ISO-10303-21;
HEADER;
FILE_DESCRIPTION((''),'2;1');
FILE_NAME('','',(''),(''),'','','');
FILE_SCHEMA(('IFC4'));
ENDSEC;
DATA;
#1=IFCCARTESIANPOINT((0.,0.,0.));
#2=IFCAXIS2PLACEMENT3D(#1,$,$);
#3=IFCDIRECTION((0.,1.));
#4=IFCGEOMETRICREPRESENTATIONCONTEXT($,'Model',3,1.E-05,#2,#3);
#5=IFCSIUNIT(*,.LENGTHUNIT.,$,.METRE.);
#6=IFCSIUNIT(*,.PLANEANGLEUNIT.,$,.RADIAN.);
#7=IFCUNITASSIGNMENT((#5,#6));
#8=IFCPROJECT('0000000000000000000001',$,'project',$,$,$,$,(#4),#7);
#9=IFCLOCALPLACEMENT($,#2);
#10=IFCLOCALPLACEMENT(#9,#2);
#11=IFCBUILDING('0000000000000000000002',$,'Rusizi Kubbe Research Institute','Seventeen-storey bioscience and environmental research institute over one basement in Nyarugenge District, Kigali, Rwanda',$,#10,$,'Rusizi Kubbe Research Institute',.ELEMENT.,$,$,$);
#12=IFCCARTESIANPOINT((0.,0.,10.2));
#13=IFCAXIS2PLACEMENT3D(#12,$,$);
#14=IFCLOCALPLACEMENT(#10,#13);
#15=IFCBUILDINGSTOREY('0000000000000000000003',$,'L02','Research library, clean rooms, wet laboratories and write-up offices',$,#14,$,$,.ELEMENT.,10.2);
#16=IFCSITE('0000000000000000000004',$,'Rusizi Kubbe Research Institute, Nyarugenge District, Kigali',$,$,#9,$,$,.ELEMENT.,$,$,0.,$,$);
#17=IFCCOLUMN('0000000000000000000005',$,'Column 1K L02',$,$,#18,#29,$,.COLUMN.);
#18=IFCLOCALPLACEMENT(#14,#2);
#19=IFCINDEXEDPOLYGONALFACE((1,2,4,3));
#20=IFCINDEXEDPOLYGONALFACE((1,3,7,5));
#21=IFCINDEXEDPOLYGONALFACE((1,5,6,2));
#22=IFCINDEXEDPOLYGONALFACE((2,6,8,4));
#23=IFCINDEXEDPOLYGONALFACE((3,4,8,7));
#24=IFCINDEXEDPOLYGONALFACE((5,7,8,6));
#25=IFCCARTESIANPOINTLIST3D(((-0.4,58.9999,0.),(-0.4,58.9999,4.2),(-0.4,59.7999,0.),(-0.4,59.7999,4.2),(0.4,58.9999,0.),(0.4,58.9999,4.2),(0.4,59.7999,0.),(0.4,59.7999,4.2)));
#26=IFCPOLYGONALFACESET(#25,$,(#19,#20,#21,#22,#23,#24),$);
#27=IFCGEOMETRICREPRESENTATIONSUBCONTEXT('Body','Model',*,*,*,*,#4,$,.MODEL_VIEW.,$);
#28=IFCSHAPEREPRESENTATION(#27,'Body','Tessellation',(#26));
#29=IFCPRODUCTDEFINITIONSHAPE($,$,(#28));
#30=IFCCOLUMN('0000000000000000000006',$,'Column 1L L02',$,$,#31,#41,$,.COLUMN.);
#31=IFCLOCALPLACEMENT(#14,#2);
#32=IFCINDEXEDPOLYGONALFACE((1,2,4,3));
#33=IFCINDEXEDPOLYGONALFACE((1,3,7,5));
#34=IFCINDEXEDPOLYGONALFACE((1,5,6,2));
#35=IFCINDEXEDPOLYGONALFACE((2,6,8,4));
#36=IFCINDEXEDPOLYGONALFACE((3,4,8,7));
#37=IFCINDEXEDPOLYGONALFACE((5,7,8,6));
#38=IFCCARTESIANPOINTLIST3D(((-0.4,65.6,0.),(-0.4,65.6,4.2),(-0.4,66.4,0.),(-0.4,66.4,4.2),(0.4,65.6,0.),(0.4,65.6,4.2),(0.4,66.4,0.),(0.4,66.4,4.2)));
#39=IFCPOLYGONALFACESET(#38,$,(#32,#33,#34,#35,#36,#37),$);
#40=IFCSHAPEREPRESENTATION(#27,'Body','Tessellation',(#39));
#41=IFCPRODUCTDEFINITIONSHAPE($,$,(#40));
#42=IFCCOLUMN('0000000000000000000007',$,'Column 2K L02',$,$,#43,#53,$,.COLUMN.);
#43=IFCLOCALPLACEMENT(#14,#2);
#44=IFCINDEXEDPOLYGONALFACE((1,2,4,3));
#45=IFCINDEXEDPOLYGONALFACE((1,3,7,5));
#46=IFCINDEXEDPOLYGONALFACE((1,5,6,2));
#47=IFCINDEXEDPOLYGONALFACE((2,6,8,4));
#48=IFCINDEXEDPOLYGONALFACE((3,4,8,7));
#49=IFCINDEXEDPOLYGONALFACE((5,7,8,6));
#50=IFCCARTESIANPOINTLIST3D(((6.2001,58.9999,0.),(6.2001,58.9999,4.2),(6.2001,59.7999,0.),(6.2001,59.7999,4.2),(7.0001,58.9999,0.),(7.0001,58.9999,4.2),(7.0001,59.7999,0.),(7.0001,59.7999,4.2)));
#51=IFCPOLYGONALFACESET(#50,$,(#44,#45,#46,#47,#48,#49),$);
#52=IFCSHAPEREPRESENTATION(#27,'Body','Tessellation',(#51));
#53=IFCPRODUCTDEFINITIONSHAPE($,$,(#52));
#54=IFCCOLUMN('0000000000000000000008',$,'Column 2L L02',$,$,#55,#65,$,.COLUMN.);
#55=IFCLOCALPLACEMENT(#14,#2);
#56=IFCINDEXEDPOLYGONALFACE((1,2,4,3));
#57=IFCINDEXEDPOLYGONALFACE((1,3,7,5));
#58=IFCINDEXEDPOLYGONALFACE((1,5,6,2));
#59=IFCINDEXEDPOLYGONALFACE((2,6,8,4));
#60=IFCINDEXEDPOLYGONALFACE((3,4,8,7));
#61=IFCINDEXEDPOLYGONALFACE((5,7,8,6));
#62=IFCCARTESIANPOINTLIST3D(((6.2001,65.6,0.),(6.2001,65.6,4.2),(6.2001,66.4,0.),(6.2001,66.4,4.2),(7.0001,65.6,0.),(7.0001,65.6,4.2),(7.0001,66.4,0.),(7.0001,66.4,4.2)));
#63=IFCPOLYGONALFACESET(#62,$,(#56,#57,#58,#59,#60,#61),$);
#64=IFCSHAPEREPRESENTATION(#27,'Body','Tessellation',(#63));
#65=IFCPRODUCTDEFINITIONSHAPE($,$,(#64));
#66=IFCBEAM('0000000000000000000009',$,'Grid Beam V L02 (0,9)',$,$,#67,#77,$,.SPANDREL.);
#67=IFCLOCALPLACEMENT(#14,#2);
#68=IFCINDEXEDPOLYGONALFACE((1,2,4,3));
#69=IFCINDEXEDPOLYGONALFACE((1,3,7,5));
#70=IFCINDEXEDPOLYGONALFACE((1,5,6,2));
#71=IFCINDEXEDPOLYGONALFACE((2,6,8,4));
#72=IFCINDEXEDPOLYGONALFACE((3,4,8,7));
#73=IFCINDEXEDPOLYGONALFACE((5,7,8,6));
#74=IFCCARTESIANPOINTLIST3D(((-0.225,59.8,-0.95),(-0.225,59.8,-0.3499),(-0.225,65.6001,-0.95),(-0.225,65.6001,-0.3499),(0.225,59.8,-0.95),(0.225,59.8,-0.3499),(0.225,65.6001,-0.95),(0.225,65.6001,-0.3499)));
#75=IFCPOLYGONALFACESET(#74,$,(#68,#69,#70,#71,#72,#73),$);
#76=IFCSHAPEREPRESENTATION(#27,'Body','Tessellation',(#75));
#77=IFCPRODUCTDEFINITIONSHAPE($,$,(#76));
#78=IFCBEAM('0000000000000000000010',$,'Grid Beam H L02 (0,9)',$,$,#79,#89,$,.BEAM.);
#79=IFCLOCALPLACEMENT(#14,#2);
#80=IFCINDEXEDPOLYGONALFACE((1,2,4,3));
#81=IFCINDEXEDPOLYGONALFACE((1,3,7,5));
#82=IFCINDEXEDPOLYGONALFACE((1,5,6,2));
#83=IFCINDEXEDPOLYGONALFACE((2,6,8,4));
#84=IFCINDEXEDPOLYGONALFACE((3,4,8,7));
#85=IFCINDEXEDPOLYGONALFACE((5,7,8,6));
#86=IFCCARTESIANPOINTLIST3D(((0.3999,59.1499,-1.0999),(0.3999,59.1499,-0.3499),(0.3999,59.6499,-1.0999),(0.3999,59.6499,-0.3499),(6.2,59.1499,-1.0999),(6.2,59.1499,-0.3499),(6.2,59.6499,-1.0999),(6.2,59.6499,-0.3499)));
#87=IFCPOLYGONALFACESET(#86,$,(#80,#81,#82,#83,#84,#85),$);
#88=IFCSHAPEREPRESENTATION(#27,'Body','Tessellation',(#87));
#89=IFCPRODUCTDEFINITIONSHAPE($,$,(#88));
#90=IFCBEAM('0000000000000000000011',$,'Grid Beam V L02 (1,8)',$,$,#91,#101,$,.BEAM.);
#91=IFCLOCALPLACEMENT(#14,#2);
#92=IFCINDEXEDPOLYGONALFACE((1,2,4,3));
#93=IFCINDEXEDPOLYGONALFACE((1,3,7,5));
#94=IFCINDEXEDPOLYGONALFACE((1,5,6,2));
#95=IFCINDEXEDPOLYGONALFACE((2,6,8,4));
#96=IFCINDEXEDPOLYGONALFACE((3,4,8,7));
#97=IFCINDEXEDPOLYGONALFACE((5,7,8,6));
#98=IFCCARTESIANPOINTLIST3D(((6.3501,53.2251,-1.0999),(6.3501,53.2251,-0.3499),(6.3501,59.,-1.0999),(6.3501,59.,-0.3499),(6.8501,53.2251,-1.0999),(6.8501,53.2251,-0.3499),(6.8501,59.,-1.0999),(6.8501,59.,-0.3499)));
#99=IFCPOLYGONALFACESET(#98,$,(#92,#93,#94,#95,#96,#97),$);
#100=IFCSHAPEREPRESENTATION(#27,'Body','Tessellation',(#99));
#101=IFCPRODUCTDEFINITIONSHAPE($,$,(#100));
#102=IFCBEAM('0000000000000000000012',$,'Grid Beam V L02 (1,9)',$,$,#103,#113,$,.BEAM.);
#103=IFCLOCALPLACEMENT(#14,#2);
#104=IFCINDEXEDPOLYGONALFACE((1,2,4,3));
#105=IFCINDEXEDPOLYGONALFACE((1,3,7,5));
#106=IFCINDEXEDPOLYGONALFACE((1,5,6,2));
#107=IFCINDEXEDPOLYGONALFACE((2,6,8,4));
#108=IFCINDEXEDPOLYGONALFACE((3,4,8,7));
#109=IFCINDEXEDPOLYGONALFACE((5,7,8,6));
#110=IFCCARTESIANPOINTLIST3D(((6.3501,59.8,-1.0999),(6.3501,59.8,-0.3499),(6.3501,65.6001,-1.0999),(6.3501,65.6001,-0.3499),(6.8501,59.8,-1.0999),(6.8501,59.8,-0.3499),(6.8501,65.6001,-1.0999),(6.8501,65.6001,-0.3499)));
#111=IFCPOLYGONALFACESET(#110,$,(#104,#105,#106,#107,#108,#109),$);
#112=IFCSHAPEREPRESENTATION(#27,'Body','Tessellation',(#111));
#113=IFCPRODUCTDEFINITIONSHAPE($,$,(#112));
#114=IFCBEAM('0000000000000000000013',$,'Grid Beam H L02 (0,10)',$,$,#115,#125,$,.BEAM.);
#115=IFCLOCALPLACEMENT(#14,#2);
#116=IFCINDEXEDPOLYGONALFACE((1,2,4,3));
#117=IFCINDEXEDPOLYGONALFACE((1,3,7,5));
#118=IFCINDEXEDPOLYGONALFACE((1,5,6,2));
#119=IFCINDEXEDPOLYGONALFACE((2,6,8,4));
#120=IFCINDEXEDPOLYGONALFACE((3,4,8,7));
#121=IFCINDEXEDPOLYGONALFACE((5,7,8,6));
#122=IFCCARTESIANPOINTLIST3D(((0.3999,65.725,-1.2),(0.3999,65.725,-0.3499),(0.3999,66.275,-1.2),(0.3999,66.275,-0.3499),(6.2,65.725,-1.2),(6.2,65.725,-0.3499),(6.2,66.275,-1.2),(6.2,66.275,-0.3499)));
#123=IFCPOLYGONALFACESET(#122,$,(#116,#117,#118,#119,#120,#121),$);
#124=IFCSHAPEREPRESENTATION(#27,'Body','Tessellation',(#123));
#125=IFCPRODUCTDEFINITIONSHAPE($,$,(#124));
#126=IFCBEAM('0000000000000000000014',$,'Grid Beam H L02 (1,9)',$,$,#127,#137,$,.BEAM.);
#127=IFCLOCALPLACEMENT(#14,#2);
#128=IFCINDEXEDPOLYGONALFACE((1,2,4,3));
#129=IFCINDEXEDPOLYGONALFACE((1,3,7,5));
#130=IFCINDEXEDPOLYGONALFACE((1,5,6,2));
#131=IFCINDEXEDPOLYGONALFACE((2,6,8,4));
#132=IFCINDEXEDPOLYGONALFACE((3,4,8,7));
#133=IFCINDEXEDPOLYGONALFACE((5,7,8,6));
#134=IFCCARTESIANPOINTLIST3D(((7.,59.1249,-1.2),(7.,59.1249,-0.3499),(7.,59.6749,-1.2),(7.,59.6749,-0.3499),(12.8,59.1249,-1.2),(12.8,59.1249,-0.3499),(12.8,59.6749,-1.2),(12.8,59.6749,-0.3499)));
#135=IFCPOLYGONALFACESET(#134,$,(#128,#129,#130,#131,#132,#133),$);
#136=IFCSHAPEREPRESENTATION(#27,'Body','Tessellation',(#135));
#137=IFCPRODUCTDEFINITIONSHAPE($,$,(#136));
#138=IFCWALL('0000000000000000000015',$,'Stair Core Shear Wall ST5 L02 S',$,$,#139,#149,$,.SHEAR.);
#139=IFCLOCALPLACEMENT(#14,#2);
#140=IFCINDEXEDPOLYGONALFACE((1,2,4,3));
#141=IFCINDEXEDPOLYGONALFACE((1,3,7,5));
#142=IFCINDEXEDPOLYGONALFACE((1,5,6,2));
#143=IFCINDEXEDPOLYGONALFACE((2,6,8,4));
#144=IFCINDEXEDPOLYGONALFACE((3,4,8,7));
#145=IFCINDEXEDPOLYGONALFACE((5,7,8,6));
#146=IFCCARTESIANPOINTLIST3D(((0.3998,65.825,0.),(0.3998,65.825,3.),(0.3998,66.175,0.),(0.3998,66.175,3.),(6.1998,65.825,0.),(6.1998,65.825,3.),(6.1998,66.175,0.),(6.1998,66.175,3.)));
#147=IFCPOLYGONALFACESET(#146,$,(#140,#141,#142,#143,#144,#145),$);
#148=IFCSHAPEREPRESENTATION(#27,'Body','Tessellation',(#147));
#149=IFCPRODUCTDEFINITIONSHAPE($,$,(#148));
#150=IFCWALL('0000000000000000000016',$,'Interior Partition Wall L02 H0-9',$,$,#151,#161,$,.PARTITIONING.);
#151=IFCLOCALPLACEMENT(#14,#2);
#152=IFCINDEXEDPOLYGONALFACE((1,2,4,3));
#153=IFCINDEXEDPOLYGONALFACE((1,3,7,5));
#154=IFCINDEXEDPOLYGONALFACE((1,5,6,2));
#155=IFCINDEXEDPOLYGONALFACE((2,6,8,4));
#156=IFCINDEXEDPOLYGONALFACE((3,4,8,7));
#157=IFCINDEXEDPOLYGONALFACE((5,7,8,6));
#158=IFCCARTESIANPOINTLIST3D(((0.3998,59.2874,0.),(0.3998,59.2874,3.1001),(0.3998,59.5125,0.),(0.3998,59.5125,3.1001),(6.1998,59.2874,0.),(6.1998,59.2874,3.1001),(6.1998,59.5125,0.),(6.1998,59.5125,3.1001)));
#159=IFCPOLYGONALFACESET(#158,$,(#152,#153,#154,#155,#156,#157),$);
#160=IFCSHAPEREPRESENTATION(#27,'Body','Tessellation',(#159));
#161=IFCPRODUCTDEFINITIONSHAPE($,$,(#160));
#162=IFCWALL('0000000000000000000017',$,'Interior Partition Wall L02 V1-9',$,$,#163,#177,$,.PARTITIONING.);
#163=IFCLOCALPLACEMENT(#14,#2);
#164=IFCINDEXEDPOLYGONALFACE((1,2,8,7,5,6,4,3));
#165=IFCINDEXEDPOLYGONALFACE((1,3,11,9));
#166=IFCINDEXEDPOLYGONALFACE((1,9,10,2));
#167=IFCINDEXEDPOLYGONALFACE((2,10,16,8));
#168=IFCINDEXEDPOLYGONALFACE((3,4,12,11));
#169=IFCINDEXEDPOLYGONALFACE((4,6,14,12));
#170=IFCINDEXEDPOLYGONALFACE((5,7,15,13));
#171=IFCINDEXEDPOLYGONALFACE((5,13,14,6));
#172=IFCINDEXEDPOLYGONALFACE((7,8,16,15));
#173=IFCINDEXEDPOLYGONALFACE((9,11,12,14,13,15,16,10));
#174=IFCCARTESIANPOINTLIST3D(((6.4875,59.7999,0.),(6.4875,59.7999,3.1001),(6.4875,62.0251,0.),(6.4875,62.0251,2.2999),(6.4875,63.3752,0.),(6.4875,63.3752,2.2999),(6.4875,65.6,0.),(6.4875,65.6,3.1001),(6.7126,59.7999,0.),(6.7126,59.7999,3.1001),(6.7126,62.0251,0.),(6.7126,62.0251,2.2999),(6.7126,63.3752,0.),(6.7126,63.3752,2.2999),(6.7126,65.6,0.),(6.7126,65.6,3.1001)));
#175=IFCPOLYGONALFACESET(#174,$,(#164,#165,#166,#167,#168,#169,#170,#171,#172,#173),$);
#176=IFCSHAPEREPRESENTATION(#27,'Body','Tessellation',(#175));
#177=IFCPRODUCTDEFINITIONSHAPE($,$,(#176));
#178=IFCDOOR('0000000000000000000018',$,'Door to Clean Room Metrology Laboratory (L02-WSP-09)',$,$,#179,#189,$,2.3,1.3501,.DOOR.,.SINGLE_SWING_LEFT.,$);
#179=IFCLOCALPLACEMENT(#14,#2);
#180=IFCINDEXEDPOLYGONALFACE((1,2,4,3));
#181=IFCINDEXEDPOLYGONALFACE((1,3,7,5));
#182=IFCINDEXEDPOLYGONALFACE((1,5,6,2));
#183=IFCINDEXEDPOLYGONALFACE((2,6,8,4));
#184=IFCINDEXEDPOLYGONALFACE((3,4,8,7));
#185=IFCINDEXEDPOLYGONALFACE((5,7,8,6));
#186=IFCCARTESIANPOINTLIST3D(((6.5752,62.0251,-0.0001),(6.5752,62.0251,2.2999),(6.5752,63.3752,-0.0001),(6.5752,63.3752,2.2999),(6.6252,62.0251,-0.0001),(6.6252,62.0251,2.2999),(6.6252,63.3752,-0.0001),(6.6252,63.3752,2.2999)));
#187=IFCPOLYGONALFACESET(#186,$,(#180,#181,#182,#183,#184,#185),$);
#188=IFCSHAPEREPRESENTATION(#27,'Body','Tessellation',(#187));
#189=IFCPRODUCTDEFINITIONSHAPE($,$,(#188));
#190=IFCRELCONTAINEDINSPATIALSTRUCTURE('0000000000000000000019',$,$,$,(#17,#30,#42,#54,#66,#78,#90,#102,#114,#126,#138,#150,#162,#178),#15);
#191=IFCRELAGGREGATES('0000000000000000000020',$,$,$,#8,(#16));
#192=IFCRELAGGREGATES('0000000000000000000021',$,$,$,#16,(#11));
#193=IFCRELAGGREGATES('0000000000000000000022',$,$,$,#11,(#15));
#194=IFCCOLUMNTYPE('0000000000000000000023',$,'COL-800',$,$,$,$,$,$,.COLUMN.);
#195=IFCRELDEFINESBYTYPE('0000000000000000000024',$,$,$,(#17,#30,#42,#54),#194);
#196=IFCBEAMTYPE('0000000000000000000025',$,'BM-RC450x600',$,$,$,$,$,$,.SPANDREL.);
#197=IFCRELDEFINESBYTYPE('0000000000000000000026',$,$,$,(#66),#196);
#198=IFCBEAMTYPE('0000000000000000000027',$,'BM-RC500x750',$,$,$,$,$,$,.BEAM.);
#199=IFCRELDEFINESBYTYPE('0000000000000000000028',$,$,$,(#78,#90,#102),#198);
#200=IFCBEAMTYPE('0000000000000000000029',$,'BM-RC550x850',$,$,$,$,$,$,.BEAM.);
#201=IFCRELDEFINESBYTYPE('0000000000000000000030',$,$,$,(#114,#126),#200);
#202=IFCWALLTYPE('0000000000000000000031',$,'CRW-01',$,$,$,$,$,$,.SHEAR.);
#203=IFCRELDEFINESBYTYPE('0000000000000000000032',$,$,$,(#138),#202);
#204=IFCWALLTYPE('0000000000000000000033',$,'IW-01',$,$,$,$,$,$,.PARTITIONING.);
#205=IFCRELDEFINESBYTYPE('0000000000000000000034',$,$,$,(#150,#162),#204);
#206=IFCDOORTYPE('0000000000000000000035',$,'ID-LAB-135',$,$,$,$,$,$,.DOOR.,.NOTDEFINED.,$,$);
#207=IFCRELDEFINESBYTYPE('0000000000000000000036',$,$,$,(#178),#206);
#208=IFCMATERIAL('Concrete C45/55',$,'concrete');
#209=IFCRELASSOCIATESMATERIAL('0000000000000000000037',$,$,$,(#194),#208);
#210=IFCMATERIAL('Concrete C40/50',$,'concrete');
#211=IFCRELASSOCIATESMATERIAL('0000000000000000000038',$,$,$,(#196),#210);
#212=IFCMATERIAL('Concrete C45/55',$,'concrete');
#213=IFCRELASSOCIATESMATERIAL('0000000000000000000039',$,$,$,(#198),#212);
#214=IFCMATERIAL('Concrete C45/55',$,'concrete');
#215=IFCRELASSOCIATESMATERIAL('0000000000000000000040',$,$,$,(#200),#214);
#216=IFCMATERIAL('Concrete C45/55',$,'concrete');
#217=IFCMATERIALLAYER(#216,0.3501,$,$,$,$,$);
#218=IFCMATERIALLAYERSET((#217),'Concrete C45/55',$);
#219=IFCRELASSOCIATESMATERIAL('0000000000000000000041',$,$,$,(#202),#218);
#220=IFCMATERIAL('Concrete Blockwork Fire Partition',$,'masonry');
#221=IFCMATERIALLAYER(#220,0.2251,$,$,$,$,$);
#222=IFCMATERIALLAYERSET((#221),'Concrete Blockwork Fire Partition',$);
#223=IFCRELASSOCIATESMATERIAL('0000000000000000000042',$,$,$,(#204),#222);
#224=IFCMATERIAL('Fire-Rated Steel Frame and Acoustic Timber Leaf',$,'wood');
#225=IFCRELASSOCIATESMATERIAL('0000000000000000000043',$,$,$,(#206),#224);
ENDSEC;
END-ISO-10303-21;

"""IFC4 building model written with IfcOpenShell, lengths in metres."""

from ifc_helpers import new_model, si_unit, direction, frame, frame_2d, origin, origin_2d, place, context, subcontext, project, spatial, rectangle, extrude, material, layer, layer_set, material_profile, profile_set, type_object, element, fill, save


model = new_model("IFC4")

# Units and contexts
model_context = context("Model", 3, precision=1e-05, world=origin(), true_north=direction((0.0, 1.0)))
body_context = subcontext(model_context, "Body", "Model", "MODEL_VIEW")
ifc_project = project(units=[si_unit("LENGTHUNIT", "METRE"), si_unit("PLANEANGLEUNIT", "RADIAN")], contexts=[model_context])

# Site, building, storey
site_placement = place(None, origin())
site = spatial("IfcSite", under=ifc_project, at=site_placement, Name="Rusizi Kubbe Research Institute, Nyarugenge District, Kigali", CompositionType="ELEMENT", RefElevation=0.0)
building_placement = place(site_placement, origin())
building = spatial("IfcBuilding", under=site, at=building_placement, Name="Rusizi Kubbe Research Institute", Description="Seventeen-storey bioscience and environmental research institute over one basement in Nyarugenge District, Kigali, Rwanda", LongName="Rusizi Kubbe Research Institute", CompositionType="ELEMENT")
storey_placement = place(building_placement, frame((0.0, 0.0, 10.2)))
storey = spatial("IfcBuildingStorey", under=building, at=storey_placement, Name="L02", Description="Research library, clean rooms, wet laboratories and write-up offices", CompositionType="ELEMENT", Elevation=10.2)

# Columns
ifc_material_1 = material(Name="Concrete C45/55", Category="concrete")
ifc_material_profile_1 = material_profile(ifc_material_1, rectangle(XDim=0.8, YDim=0.8, at=origin_2d()), Name="RC800x800")
ifc_profile_set_1 = profile_set([ifc_material_profile_1], Name="Concrete C45/55")
column_type = type_object("IfcColumnType", Name="COL-800", PredefinedType="COLUMN", material=ifc_profile_set_1)
for number, where, z_axis, x_axis, name in (
    (1, (0.0, 59.3999, 0.0), (0.0, 0.0, 1.0), (1.0, 0.0, 0.0), "Column 1K L02"),
    (2, (0.0, 66.0, 0.0), (0.0, 0.0, 1.0), (1.0, 0.0, 0.0), "Column 1L L02"),
    (3, (6.6001, 59.3999, 0.0), (0.0, 0.0, 1.0), (1.0, 0.0, 0.0), "Column 2K L02"),
    (4, (6.6001, 66.0, 0.0), (0.0, 0.0, 1.0), (1.0, 0.0, 0.0), "Column 2L L02"),
):
    element("IfcColumn", number, at=place(storey_placement, frame(where, z_axis=z_axis, x_axis=x_axis)), inside=storey, type_object=column_type, Name=name, PredefinedType="COLUMN", context=body_context, shape_type="SweptSolid", body=[
        extrude(rectangle(XDim=0.8, YDim=0.8, at=origin_2d()), origin(), (0.0, 0.0, 1.0), 4.2),
    ])

# Beams
ifc_material_2 = material(Name="Concrete C40/50", Category="concrete")
ifc_material_profile_2 = material_profile(ifc_material_2, rectangle(XDim=0.45, YDim=0.6001, at=origin_2d()), Name="RC450x600")
ifc_profile_set_2 = profile_set([ifc_material_profile_2], Name="Concrete C40/50")
beam_type_1 = type_object("IfcBeamType", Name="BM-RC450x600", PredefinedType="SPANDREL", material=ifc_profile_set_2)
beam_1_placement = place(storey_placement, frame((0.0, 59.8, -0.6499), z_axis=(0.0, 1.0, 0.0), x_axis=(-1.0, 0.0, 0.0)))
element("IfcBeam", 5, at=beam_1_placement, inside=storey, type_object=beam_type_1, Name="Grid Beam V L02 (0,9)", PredefinedType="SPANDREL", context=body_context, shape_type="SweptSolid", body=[
    extrude(rectangle(XDim=0.45, YDim=0.6001, at=origin_2d()), origin(), (0.0, 0.0, 1.0), 5.8),
])
ifc_material_3 = material(Name="Concrete C45/55", Category="concrete")
ifc_material_profile_3 = material_profile(ifc_material_3, rectangle(XDim=0.5, YDim=0.75, at=origin_2d()), Name="RC500x750B")
ifc_profile_set_3 = profile_set([ifc_material_profile_3], Name="Concrete C45/55")
beam_type_2 = type_object("IfcBeamType", Name="BM-RC500x750", PredefinedType="BEAM", material=ifc_profile_set_3)
beam_2_placement = place(storey_placement, frame((0.3999, 59.3999, -0.7249), z_axis=(1.0, 0.0, 0.0), x_axis=(0.0, 1.0, 0.0)))
element("IfcBeam", 6, at=beam_2_placement, inside=storey, type_object=beam_type_2, Name="Grid Beam H L02 (0,9)", PredefinedType="BEAM", context=body_context, shape_type="SweptSolid", body=[
    extrude(rectangle(XDim=0.5, YDim=0.75, at=origin_2d()), origin(), (0.0, 0.0, 1.0), 5.8),
])
beam_3_placement = place(storey_placement, frame((6.6001, 53.2251, -0.7249), z_axis=(0.0, 1.0, 0.0), x_axis=(-1.0, 0.0, 0.0)))
element("IfcBeam", 7, at=beam_3_placement, inside=storey, type_object=beam_type_2, Name="Grid Beam V L02 (1,8)", PredefinedType="BEAM", context=body_context, shape_type="SweptSolid", body=[
    extrude(rectangle(XDim=0.5, YDim=0.75, at=origin_2d()), origin(), (0.0, 0.0, 1.0), 5.7749),
])
beam_4_placement = place(storey_placement, frame((6.6001, 59.8, -0.7249), z_axis=(0.0, 1.0, 0.0), x_axis=(-1.0, 0.0, 0.0)))
element("IfcBeam", 8, at=beam_4_placement, inside=storey, type_object=beam_type_2, Name="Grid Beam V L02 (1,9)", PredefinedType="BEAM", context=body_context, shape_type="SweptSolid", body=[
    extrude(rectangle(XDim=0.5, YDim=0.75, at=origin_2d()), origin(), (0.0, 0.0, 1.0), 5.8),
])
ifc_material_4 = material(Name="Concrete C45/55", Category="concrete")
ifc_material_profile_4 = material_profile(ifc_material_4, rectangle(XDim=0.55, YDim=0.8501, at=origin_2d()), Name="RC550x850")
ifc_profile_set_4 = profile_set([ifc_material_profile_4], Name="Concrete C45/55")
beam_type_3 = type_object("IfcBeamType", Name="BM-RC550x850", PredefinedType="BEAM", material=ifc_profile_set_4)
for number, where, z_axis, x_axis, name in (
    (9, (0.3999, 66.0, -0.7749), (1.0, 0.0, 0.0), (0.0, 1.0, 0.0), "Grid Beam H L02 (0,10)"),
    (10, (7.0, 59.3999, -0.7749), (1.0, 0.0, 0.0), (0.0, 1.0, 0.0), "Grid Beam H L02 (1,9)"),
):
    element("IfcBeam", number, at=place(storey_placement, frame(where, z_axis=z_axis, x_axis=x_axis)), inside=storey, type_object=beam_type_3, Name=name, PredefinedType="BEAM", context=body_context, shape_type="SweptSolid", body=[
        extrude(rectangle(XDim=0.55, YDim=0.8501, at=origin_2d()), origin(), (0.0, 0.0, 1.0), 5.8),
    ])

# Walls
ifc_material_5 = material(Name="Concrete C45/55", Category="concrete")
ifc_layer_1 = layer(ifc_material_5, 0.3501)
ifc_layer_set_1 = layer_set([ifc_layer_1], Name="Concrete C45/55")
wall_type_1 = type_object("IfcWallType", Name="CRW-01", PredefinedType="SHEAR", material=ifc_layer_set_1)
wall_1_placement = place(storey_placement, frame((0.3999, 66.0, 0.0), z_axis=(0.0, 0.0, 1.0), x_axis=(1.0, 0.0, 0.0)))
element("IfcWall", 11, at=wall_1_placement, inside=storey, type_object=wall_type_1, Name="Stair Core Shear Wall ST5 L02 S", PredefinedType="SHEAR", context=body_context, shape_type="SweptSolid", body=[
    extrude(rectangle(XDim=5.8, YDim=0.3501, at=frame_2d((2.8999, 0.0))), origin(), (0.0, 0.0, 1.0), 3.0),
])
ifc_material_6 = material(Name="Concrete Blockwork Fire Partition", Category="masonry")
ifc_layer_2 = layer(ifc_material_6, 0.2251)
ifc_layer_set_2 = layer_set([ifc_layer_2], Name="Concrete Blockwork Fire Partition")
wall_type_2 = type_object("IfcWallType", Name="IW-01", PredefinedType="PARTITIONING", material=ifc_layer_set_2)
wall_2_placement = place(storey_placement, frame((0.3999, 59.3999, 0.0), z_axis=(0.0, 0.0, 1.0), x_axis=(1.0, 0.0, 0.0)))
element("IfcWall", 12, at=wall_2_placement, inside=storey, type_object=wall_type_2, Name="Interior Partition Wall L02 H0-9", PredefinedType="PARTITIONING", context=body_context, shape_type="SweptSolid", body=[
    extrude(rectangle(XDim=5.8, YDim=0.2251, at=frame_2d((2.8999, 0.0))), origin(), (0.0, 0.0, 1.0), 3.1001),
])

# Wall, opening, door
wall_3_placement = place(storey_placement, frame((6.6001, 59.8, 0.0), z_axis=(0.0, 0.0, 1.0), x_axis=(0.0, 1.0, 0.0)))
wall_3 = element("IfcWall", 13, at=wall_3_placement, inside=storey, type_object=wall_type_2, Name="Interior Partition Wall L02 V1-9", PredefinedType="PARTITIONING", context=body_context, shape_type="SweptSolid", body=[
    extrude(rectangle(XDim=5.8, YDim=0.2251, at=frame_2d((2.8999, 0.0))), origin(), (0.0, 0.0, 1.0), 3.1001),
])
opening_1_placement = place(wall_3_placement, frame((2.2251, 0.0, 0.0)))
opening_1 = element("IfcOpeningElement", 14, at=opening_1_placement, cuts=wall_3, PredefinedType="OPENING", context=body_context, shape_type="SweptSolid", body=[
    extrude(rectangle(XDim=1.3501, YDim=2.3, at=frame_2d((0.675, 1.1499))), frame((0.0, 0.1226, 0.0), z_axis=(0.0, -1.0, 0.0), x_axis=(1.0, 0.0, 0.0)), (0.0, 0.0, 1.0), 0.2451),
])
ifc_material_7 = material(Name="Fire-Rated Steel Frame and Acoustic Timber Leaf", Category="wood")
door_type_1 = type_object("IfcDoorType", Name="ID-LAB-135", OperationType="NOTDEFINED", PredefinedType="DOOR", material=ifc_material_7)
door_1_placement = place(opening_1_placement, origin())
door_1 = element("IfcDoor", 15, at=door_1_placement, inside=storey, type_object=door_type_1, Name="Door to Clean Room Metrology Laboratory (L02-WSP-09)", OperationType="SINGLE_SWING_LEFT", OverallHeight=2.3, OverallWidth=1.3501, PredefinedType="DOOR", context=body_context, shape_type="SweptSolid", body=[
    extrude(rectangle(XDim=1.3501, YDim=2.3, at=frame_2d((0.675, 1.1499))), frame((0.0, 0.0249, 0.0), z_axis=(0.0, -1.0, 0.0), x_axis=(1.0, 0.0, 0.0)), (0.0, 0.0, 1.0), 0.05),
])
fill(opening_1, door_1)

save(model, "model.ifc")
